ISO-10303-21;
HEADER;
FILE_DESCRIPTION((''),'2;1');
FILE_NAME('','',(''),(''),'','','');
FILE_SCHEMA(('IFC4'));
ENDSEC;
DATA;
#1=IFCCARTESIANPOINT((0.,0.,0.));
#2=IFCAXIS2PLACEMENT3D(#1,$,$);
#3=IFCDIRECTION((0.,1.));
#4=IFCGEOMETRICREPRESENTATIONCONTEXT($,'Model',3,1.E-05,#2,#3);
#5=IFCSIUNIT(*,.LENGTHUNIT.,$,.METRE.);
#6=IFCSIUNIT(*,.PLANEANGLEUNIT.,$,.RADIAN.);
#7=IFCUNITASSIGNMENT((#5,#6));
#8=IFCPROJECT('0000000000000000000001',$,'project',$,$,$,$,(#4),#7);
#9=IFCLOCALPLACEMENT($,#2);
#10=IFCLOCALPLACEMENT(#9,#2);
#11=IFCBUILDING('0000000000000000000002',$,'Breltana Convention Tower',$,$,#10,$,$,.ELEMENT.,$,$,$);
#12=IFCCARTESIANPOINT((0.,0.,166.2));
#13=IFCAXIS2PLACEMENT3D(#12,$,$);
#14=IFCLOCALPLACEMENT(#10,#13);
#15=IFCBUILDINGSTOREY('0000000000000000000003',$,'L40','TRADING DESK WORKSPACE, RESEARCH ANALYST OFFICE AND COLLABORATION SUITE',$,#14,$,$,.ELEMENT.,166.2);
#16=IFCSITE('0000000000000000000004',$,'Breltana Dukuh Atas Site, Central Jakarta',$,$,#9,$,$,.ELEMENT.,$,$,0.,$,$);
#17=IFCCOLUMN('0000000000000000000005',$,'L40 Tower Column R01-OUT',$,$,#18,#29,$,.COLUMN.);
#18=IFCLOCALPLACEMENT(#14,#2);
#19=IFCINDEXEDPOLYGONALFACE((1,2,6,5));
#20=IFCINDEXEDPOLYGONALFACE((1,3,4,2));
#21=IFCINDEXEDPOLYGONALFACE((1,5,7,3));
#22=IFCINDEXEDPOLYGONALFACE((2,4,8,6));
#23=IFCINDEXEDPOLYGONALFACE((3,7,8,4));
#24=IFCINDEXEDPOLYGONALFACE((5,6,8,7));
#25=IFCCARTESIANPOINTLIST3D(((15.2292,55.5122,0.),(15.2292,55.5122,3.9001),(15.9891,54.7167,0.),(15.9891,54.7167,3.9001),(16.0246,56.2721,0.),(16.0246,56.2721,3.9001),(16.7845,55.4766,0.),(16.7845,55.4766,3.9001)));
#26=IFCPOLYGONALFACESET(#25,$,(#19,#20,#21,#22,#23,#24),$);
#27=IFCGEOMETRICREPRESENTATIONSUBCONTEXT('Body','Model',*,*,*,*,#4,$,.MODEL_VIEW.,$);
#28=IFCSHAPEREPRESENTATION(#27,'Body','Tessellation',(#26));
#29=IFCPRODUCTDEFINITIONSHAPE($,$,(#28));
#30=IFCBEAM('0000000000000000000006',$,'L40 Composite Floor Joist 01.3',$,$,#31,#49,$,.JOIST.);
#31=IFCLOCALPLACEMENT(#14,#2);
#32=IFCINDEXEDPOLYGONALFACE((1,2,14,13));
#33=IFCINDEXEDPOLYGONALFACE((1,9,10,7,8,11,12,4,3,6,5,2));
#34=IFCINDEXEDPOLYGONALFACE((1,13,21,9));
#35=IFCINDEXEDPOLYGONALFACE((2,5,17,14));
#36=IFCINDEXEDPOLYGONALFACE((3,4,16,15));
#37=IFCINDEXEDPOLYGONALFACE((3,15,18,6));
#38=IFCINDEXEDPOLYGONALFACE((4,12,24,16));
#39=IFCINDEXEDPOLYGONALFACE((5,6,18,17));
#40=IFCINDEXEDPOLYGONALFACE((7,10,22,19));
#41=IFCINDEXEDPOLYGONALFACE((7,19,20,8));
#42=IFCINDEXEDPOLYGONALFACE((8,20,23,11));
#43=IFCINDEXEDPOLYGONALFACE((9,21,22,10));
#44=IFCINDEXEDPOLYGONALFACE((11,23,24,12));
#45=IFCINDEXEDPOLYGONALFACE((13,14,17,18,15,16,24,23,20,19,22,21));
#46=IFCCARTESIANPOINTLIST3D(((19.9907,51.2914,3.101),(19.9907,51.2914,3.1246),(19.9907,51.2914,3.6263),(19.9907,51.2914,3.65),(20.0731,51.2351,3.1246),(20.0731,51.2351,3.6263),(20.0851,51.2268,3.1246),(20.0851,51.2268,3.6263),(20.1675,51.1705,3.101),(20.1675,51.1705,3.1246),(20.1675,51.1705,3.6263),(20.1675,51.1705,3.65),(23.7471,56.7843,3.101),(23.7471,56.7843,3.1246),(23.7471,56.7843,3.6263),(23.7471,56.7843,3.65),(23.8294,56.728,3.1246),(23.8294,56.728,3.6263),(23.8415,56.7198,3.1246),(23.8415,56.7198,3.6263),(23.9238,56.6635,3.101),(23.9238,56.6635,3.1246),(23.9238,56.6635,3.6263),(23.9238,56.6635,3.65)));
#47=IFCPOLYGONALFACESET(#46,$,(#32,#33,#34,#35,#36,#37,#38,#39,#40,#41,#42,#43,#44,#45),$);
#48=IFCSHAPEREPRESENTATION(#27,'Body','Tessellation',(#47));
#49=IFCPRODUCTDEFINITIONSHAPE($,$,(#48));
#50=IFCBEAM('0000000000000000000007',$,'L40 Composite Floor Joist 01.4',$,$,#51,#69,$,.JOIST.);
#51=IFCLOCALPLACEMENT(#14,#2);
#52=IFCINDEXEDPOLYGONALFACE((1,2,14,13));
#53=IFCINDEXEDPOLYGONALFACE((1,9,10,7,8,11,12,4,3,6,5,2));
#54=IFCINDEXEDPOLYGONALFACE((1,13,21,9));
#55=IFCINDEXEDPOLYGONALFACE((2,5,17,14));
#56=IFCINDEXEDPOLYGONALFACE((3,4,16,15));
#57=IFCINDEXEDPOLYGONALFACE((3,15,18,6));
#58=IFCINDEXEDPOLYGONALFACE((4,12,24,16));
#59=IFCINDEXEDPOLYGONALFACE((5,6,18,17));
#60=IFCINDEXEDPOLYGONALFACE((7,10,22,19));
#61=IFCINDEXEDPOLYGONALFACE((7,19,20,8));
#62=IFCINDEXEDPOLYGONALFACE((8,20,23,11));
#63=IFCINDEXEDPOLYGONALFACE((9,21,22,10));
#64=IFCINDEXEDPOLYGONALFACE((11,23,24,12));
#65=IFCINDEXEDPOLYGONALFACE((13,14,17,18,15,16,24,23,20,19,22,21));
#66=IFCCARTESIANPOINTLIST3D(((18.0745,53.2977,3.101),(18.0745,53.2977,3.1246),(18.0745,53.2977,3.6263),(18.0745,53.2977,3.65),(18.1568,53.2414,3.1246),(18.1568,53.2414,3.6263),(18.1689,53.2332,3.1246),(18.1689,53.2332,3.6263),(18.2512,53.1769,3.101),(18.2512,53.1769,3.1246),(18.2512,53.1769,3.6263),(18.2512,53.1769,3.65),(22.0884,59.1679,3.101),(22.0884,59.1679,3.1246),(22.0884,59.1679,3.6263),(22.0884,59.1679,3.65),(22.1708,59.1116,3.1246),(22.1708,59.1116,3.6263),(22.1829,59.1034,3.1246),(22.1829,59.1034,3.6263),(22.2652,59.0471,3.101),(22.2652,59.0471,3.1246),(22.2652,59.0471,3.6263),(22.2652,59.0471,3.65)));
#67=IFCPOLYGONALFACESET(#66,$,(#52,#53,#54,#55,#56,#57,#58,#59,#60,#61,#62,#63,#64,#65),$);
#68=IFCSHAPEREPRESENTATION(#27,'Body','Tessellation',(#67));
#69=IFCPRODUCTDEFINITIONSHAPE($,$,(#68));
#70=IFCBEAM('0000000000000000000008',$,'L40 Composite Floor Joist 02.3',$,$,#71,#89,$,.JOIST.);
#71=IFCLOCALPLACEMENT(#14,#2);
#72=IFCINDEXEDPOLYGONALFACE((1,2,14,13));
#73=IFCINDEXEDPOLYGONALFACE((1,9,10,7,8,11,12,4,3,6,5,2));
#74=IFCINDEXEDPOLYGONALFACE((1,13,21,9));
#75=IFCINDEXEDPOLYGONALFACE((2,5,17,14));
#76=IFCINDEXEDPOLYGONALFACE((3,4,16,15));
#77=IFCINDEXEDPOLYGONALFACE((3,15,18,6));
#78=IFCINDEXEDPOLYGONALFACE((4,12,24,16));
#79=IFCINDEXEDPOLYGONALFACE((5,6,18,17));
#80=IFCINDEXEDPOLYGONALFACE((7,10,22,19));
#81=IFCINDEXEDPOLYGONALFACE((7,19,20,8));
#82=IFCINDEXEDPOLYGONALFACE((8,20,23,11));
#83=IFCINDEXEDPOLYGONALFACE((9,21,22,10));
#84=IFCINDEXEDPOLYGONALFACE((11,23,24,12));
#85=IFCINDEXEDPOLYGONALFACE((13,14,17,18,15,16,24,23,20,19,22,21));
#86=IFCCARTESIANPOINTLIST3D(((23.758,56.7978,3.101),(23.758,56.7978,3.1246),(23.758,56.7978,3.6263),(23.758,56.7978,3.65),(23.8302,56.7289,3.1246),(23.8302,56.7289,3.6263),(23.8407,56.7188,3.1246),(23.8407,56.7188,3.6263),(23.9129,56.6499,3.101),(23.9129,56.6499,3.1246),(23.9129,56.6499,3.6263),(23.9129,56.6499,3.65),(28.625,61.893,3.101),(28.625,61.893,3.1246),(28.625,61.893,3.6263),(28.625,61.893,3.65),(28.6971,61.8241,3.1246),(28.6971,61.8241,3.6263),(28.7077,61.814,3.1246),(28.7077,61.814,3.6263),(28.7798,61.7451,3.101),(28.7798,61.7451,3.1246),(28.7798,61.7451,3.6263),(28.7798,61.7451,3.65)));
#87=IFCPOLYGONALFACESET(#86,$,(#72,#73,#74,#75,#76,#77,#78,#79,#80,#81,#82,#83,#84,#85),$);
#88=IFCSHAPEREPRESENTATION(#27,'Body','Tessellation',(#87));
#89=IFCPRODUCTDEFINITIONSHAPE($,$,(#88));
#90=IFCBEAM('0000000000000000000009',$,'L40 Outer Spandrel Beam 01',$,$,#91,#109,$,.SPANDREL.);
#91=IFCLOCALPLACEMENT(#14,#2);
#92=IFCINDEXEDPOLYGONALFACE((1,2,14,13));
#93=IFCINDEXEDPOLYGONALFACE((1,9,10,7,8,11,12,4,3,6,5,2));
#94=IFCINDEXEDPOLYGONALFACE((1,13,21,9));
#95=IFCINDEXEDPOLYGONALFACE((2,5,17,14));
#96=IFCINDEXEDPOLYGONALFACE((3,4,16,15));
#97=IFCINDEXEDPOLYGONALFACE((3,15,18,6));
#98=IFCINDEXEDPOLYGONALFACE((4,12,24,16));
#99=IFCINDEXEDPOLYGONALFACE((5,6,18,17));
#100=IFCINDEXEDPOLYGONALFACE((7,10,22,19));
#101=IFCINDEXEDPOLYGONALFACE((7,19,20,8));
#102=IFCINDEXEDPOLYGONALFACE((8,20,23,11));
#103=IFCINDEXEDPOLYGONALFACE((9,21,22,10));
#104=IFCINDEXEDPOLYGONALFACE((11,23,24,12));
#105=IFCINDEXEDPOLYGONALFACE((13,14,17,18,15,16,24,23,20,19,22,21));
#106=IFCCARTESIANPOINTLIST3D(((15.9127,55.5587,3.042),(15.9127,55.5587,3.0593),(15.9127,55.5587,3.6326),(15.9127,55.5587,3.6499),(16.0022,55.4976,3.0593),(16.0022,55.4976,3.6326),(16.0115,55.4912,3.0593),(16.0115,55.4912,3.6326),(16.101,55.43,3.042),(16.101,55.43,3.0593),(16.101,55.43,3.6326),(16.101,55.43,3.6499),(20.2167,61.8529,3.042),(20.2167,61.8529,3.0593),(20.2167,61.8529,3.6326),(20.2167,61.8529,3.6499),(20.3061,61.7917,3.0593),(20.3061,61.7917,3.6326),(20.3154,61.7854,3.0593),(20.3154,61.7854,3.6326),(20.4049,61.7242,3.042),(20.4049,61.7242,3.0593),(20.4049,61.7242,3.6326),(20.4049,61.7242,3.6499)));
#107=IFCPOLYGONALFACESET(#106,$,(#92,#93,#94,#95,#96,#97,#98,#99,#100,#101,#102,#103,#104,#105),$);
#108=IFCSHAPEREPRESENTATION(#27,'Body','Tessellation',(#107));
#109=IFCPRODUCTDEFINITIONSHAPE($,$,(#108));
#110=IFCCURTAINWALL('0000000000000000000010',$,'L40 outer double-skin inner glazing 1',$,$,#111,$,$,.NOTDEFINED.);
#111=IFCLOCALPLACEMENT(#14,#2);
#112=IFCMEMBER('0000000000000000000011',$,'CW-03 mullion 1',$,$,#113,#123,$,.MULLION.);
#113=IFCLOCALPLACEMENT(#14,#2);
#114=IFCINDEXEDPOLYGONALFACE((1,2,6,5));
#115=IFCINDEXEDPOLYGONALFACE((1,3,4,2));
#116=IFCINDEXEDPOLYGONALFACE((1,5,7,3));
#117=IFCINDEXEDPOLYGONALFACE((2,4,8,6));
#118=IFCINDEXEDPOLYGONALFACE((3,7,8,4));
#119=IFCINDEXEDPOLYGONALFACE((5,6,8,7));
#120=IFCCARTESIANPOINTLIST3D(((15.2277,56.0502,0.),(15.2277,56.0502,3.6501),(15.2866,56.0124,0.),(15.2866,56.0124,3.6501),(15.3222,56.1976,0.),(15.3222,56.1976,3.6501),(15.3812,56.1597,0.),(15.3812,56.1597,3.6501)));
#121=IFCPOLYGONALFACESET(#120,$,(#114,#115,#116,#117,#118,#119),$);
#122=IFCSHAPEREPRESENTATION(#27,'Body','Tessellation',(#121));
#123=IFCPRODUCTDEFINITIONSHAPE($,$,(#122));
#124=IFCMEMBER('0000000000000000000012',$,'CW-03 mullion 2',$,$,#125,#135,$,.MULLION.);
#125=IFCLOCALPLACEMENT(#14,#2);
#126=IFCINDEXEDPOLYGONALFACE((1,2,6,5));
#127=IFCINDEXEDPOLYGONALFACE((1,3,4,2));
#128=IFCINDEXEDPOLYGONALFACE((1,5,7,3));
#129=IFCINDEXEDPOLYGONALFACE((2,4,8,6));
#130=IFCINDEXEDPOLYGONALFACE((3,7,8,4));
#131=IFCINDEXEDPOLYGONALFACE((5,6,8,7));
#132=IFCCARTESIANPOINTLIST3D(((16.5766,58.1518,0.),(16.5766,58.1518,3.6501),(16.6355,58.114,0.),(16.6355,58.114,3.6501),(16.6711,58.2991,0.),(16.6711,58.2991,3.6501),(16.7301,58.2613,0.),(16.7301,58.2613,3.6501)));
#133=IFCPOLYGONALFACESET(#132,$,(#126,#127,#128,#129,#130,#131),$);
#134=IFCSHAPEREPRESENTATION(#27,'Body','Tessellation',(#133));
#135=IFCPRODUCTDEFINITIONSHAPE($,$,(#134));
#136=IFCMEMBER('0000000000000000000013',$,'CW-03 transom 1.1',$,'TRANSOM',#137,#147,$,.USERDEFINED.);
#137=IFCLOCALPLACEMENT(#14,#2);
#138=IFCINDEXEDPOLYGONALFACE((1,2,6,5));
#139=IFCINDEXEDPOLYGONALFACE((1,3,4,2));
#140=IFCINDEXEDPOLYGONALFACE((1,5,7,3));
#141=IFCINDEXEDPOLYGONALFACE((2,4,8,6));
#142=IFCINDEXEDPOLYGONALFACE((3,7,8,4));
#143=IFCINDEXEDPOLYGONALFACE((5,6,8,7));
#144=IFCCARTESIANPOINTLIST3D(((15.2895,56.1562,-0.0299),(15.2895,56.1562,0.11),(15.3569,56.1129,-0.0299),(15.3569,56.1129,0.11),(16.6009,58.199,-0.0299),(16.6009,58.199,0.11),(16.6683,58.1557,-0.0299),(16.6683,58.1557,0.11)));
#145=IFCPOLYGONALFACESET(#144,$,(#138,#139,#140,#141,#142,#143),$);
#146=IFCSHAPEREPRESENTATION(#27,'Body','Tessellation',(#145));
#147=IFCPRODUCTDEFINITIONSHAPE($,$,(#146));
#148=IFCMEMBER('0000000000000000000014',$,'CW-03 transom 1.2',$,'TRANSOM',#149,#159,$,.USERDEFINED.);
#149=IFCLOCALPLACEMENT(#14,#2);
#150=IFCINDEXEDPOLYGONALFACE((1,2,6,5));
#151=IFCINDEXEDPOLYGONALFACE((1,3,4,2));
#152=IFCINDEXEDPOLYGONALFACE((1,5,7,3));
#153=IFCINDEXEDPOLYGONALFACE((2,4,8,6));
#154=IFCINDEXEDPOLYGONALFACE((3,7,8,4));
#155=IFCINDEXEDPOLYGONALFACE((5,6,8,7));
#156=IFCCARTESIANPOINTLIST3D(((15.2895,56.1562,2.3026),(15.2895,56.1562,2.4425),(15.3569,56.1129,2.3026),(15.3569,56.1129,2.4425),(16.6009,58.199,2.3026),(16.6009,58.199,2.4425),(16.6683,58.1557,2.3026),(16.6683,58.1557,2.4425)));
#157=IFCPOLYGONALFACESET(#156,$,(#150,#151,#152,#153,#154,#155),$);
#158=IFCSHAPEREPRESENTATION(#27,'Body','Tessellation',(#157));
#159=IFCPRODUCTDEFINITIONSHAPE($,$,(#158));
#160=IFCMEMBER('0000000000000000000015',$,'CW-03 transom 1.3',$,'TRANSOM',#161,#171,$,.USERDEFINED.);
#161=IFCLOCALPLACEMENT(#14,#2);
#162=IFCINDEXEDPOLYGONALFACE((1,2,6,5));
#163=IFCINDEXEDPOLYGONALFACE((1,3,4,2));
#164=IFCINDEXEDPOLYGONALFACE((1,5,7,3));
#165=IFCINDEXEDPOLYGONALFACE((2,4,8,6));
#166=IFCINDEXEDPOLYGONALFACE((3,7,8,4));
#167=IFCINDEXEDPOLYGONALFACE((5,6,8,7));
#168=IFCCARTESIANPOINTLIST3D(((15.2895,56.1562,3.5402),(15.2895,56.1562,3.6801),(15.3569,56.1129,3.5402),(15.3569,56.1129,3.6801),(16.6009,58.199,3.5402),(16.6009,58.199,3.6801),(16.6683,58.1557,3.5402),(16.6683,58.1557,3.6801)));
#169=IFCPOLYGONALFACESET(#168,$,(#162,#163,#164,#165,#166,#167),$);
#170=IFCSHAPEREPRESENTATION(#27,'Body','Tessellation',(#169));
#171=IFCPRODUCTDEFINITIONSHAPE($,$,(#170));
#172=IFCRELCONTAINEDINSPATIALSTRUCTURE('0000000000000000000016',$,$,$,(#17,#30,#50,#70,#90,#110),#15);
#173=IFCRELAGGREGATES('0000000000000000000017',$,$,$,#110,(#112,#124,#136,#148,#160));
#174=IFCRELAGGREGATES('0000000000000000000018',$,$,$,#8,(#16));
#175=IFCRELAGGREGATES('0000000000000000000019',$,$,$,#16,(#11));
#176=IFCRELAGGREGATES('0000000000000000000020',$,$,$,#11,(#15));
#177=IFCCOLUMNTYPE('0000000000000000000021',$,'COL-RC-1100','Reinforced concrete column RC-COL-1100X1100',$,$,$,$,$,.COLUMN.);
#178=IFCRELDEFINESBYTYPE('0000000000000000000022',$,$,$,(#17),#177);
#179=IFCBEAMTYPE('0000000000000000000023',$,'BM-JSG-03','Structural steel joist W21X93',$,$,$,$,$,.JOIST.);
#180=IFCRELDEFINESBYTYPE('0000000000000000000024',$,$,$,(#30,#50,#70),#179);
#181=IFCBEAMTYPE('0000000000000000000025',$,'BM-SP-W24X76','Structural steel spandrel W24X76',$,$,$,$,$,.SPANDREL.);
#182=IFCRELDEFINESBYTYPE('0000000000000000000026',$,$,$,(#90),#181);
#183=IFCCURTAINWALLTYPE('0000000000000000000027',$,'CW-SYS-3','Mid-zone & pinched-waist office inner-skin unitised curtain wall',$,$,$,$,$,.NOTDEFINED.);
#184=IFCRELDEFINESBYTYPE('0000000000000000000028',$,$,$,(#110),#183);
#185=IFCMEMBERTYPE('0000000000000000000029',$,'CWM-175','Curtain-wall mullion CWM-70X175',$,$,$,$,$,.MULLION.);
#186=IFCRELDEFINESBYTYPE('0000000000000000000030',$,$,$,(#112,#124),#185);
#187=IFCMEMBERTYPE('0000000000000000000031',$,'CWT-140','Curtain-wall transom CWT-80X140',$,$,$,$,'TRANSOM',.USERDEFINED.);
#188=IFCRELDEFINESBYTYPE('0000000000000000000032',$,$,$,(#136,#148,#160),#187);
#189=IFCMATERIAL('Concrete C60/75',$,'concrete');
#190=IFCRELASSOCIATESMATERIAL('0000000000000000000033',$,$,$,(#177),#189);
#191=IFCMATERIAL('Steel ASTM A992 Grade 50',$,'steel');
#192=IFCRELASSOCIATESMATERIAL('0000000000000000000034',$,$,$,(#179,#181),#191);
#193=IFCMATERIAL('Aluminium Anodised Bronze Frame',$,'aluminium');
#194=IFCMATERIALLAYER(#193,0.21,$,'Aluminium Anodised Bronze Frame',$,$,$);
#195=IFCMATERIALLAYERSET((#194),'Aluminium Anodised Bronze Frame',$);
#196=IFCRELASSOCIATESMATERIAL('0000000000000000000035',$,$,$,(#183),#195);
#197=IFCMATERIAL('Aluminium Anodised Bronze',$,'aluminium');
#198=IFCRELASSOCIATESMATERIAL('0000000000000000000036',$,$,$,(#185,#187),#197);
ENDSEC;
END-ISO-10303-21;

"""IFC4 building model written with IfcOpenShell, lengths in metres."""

from ifc_helpers import new_model, si_unit, direction, frame, origin, origin_2d, place, context, subcontext, project, spatial, rectangle, i_section, extrude, source, transform, mapped, material, layer, layer_set, material_profile, profile_set, type_object, type_shapes, element, aggregate, save


model = new_model("IFC4")

# Units and contexts
model_context = context("Model", 3, precision=1e-05, world=origin(), true_north=direction((0.0, 1.0)))
body_context = subcontext(model_context, "Body", "Model", "MODEL_VIEW")
ifc_project = project(units=[si_unit("LENGTHUNIT", "METRE"), si_unit("PLANEANGLEUNIT", "RADIAN")], contexts=[model_context])

# Site, building, storey
site_placement = place(None, origin())
site = spatial("IfcSite", under=ifc_project, at=site_placement, Name="Breltana Dukuh Atas Site, Central Jakarta", CompositionType="ELEMENT", RefElevation=0.0)
building_placement = place(site_placement, origin())
building = spatial("IfcBuilding", under=site, at=building_placement, Name="Breltana Convention Tower", CompositionType="ELEMENT")
storey_placement = place(building_placement, frame((0.0, 0.0, 166.2)))
storey = spatial("IfcBuildingStorey", under=building, at=storey_placement, Name="L40", Description="TRADING DESK WORKSPACE, RESEARCH ANALYST OFFICE AND COLLABORATION SUITE", CompositionType="ELEMENT", Elevation=166.2)

# Column
ifc_material_1 = material(Name="Concrete C60/75", Category="concrete")
ifc_material_profile_1 = material_profile(ifc_material_1, rectangle(XDim=1.1001, YDim=1.1001, at=origin_2d()), Name="RC-COL-1100X1100")
ifc_profile_set_1 = profile_set([ifc_material_profile_1], Name="Concrete C60/75")
column_type = type_object("IfcColumnType", Name="COL-RC-1100", Description="Reinforced concrete column RC-COL-1100X1100", PredefinedType="COLUMN", material=ifc_profile_set_1)
shared_shape_1 = source(origin(), body_context, "Body", "SweptSolid", [
    extrude(rectangle(XDim=1.1001, YDim=1.1001, at=origin_2d()), origin(), (0.0, 0.0, 1.0), 3.9001),
])
column_placement = place(storey_placement, frame((16.0068, 55.4944, 0.0), z_axis=(0.0, 0.0, 1.0), x_axis=(-0.690756, 0.723088, 0.0)))
element("IfcColumn", 1, at=column_placement, inside=storey, type_object=column_type, Name="L40 Tower Column R01-OUT", PredefinedType="COLUMN", context=body_context, shape_type="MappedRepresentation", body=[
    mapped(shared_shape_1, transform((0.0, 0.0, 0.0), scale=1.0)),
])

# Beams
ifc_material_2 = material(Name="Steel ASTM A992 Grade 50", Category="steel")
ifc_material_profile_2 = material_profile(ifc_material_2, i_section(OverallWidth=0.2141, OverallDepth=0.5491, WebThickness=0.0146, FlangeThickness=0.0237, at=origin_2d()), Name="W21X93")
ifc_profile_set_2 = profile_set([ifc_material_profile_2], Name="Steel ASTM A992 Grade 50")
beam_type_1 = type_object("IfcBeamType", Name="BM-JSG-03", Description="Structural steel joist W21X93", PredefinedType="JOIST", material=ifc_profile_set_2)
shared_shape_2 = source(origin(), body_context, "Body", "SweptSolid", [
    extrude(i_section(OverallWidth=0.2141, OverallDepth=0.5491, WebThickness=0.0146, FlangeThickness=0.0237, at=origin_2d()), origin(), (0.0, 0.0, 1.0), 6.6545),
])
beam_1_placement = place(storey_placement, frame((20.0791, 51.231, 3.3755), z_axis=(0.564483, 0.825445, 0.0), x_axis=(-0.825445, 0.564483, 0.0)))
element("IfcBeam", 2, at=beam_1_placement, inside=storey, type_object=beam_type_1, Name="L40 Composite Floor Joist 01.3", PredefinedType="JOIST", context=body_context, shape_type="MappedRepresentation", body=[
    mapped(shared_shape_2, transform((0.0, 0.0, 0.0), scale=1.0)),
])
shared_shape_3 = source(origin(), body_context, "Body", "SweptSolid", [
    extrude(i_section(OverallWidth=0.2141, OverallDepth=0.5491, WebThickness=0.0146, FlangeThickness=0.0237, at=origin_2d()), origin(), (0.0, 0.0, 1.0), 7.1113),
])
beam_2_placement = place(storey_placement, frame((18.1628, 53.2373, 3.3755), z_axis=(0.564446, 0.82547, 0.0), x_axis=(-0.82547, 0.564446, 0.0)))
element("IfcBeam", 3, at=beam_2_placement, inside=storey, type_object=beam_type_1, Name="L40 Composite Floor Joist 01.4", PredefinedType="JOIST", context=body_context, shape_type="MappedRepresentation", body=[
    mapped(shared_shape_3, transform((0.0, 0.0, 0.0), scale=1.0)),
])
shared_shape_4 = source(origin(), body_context, "Body", "SweptSolid", [
    extrude(i_section(OverallWidth=0.2141, OverallDepth=0.5491, WebThickness=0.0146, FlangeThickness=0.0237, at=origin_2d()), origin(), (0.0, 0.0, 1.0), 7.0461),
])
beam_3_placement = place(storey_placement, frame((23.8354, 56.7239, 3.3755), z_axis=(0.690723, 0.72312, 0.0), x_axis=(-0.72312, 0.690723, 0.0)))
element("IfcBeam", 4, at=beam_3_placement, inside=storey, type_object=beam_type_1, Name="L40 Composite Floor Joist 02.3", PredefinedType="JOIST", context=body_context, shape_type="MappedRepresentation", body=[
    mapped(shared_shape_4, transform((0.0, 0.0, 0.0), scale=1.0)),
])
ifc_material_profile_3 = material_profile(ifc_material_2, i_section(OverallWidth=0.228, OverallDepth=0.6079, WebThickness=0.0112, FlangeThickness=0.0173, at=origin_2d()), Name="W24X76")
ifc_profile_set_3 = profile_set([ifc_material_profile_3], Name="Steel ASTM A992 Grade 50")
beam_type_2 = type_object("IfcBeamType", Name="BM-SP-W24X76", Description="Structural steel spandrel W24X76", PredefinedType="SPANDREL", material=ifc_profile_set_3)
shared_shape_5 = source(origin(), body_context, "Body", "SweptSolid", [
    extrude(i_section(OverallWidth=0.228, OverallDepth=0.6079, WebThickness=0.0112, FlangeThickness=0.0173, at=origin_2d()), origin(), (0.0, 0.0, 1.0), 7.625),
])
type_shapes(beam_type_2, [shared_shape_5])
beam_4_placement = place(storey_placement, frame((16.0068, 55.4944, 3.3459), z_axis=(0.564452, 0.825466, 0.0), x_axis=(-0.825466, 0.564452, 0.0)))
element("IfcBeam", 5, at=beam_4_placement, inside=storey, type_object=beam_type_2, Name="L40 Outer Spandrel Beam 01", PredefinedType="SPANDREL", context=body_context, shape_type="MappedRepresentation", body=[
    mapped(shared_shape_5, transform((0.0, 0.0, 0.0), scale=1.0)),
])

# Curtain wall, members
ifc_material_3 = material(Name="Aluminium Anodised Bronze Frame", Category="aluminium")
ifc_layer_1 = layer(ifc_material_3, 0.21, Name="Aluminium Anodised Bronze Frame")
ifc_layer_set_1 = layer_set([ifc_layer_1], Name="Aluminium Anodised Bronze Frame")
curtain_wall_type = type_object("IfcCurtainWallType", Name="CW-SYS-3", Description="Mid-zone & pinched-waist office inner-skin unitised curtain wall", PredefinedType="NOTDEFINED", material=ifc_layer_set_1)
curtain_wall_placement = place(storey_placement, origin())
curtain_wall = element("IfcCurtainWall", 6, at=curtain_wall_placement, inside=storey, type_object=curtain_wall_type, Name="L40 outer double-skin inner glazing 1", PredefinedType="NOTDEFINED")
ifc_material_4 = material(Name="Aluminium Anodised Bronze", Category="aluminium")
ifc_material_profile_4 = material_profile(ifc_material_4, rectangle(XDim=0.0701, YDim=0.175, at=origin_2d()), Name="CWM-70X175")
ifc_profile_set_4 = profile_set([ifc_material_profile_4], Name="Aluminium Anodised Bronze")
member_type_1 = type_object("IfcMemberType", Name="CWM-175", Description="Curtain-wall mullion CWM-70X175", PredefinedType="MULLION", material=ifc_profile_set_4)
shared_shape_6 = source(origin(), body_context, "Body", "SweptSolid", [
    extrude(rectangle(XDim=0.0701, YDim=0.175, at=origin_2d()), origin(), (0.0, 0.0, 1.0), 3.6501),
])
member_1_placement = place(storey_placement, frame((15.3044, 56.105, 0.0), z_axis=(0.0, 0.0, 1.0), x_axis=(-0.841554, 0.540173, 0.0)))
member_1 = element("IfcMember", 7, at=member_1_placement, type_object=member_type_1, Name="CW-03 mullion 1", PredefinedType="MULLION", context=body_context, shape_type="MappedRepresentation", body=[
    mapped(shared_shape_6, transform((0.0, 0.0, 0.0), scale=1.0)),
])
member_2_placement = place(storey_placement, frame((16.6533, 58.2065, 0.0), z_axis=(0.0, 0.0, 1.0), x_axis=(-0.841554, 0.540173, 0.0)))
member_2 = element("IfcMember", 8, at=member_2_placement, type_object=member_type_1, Name="CW-03 mullion 2", PredefinedType="MULLION", context=body_context, shape_type="MappedRepresentation", body=[
    mapped(shared_shape_6, transform((0.0, 0.0, 0.0), scale=1.0)),
])
ifc_material_profile_5 = material_profile(ifc_material_4, rectangle(XDim=0.0801, YDim=0.1399, at=origin_2d()), Name="CWT-80X140")
ifc_profile_set_5 = profile_set([ifc_material_profile_5], Name="Aluminium Anodised Bronze")
member_type_2 = type_object("IfcMemberType", Name="CWT-140", Description="Curtain-wall transom CWT-80X140", ElementType="TRANSOM", PredefinedType="USERDEFINED", material=ifc_profile_set_5)
shared_shape_7 = source(origin(), body_context, "Body", "SweptSolid", [
    extrude(rectangle(XDim=0.0801, YDim=0.1399, at=origin_2d()), origin(), (0.0, 0.0, 1.0), 2.4275),
])
member_3_placement = place(storey_placement, frame((15.3232, 56.1345, 0.04), z_axis=(0.540203, 0.841534, 0.0), x_axis=(-0.841534, 0.540203, 0.0)))
member_3 = element("IfcMember", 9, at=member_3_placement, type_object=member_type_2, Name="CW-03 transom 1.1", ObjectType="TRANSOM", PredefinedType="USERDEFINED", context=body_context, shape_type="MappedRepresentation", body=[
    mapped(shared_shape_7, transform((0.0, 0.0, 0.0), scale=1.0)),
])
member_4_placement = place(storey_placement, frame((15.3232, 56.1345, 2.3726), z_axis=(0.540203, 0.841534, 0.0), x_axis=(-0.841534, 0.540203, 0.0)))
member_4 = element("IfcMember", 10, at=member_4_placement, type_object=member_type_2, Name="CW-03 transom 1.2", ObjectType="TRANSOM", PredefinedType="USERDEFINED", context=body_context, shape_type="MappedRepresentation", body=[
    mapped(shared_shape_7, transform((0.0, 0.0, 0.0), scale=1.0)),
])
member_5_placement = place(storey_placement, frame((15.3232, 56.1345, 3.6101), z_axis=(0.540203, 0.841534, 0.0), x_axis=(-0.841534, 0.540203, 0.0)))
member_5 = element("IfcMember", 11, at=member_5_placement, type_object=member_type_2, Name="CW-03 transom 1.3", ObjectType="TRANSOM", PredefinedType="USERDEFINED", context=body_context, shape_type="MappedRepresentation", body=[
    mapped(shared_shape_7, transform((0.0, 0.0, 0.0), scale=1.0)),
])
aggregate(curtain_wall, [member_1, member_2, member_3, member_4, member_5])

save(model, "model.ifc")
